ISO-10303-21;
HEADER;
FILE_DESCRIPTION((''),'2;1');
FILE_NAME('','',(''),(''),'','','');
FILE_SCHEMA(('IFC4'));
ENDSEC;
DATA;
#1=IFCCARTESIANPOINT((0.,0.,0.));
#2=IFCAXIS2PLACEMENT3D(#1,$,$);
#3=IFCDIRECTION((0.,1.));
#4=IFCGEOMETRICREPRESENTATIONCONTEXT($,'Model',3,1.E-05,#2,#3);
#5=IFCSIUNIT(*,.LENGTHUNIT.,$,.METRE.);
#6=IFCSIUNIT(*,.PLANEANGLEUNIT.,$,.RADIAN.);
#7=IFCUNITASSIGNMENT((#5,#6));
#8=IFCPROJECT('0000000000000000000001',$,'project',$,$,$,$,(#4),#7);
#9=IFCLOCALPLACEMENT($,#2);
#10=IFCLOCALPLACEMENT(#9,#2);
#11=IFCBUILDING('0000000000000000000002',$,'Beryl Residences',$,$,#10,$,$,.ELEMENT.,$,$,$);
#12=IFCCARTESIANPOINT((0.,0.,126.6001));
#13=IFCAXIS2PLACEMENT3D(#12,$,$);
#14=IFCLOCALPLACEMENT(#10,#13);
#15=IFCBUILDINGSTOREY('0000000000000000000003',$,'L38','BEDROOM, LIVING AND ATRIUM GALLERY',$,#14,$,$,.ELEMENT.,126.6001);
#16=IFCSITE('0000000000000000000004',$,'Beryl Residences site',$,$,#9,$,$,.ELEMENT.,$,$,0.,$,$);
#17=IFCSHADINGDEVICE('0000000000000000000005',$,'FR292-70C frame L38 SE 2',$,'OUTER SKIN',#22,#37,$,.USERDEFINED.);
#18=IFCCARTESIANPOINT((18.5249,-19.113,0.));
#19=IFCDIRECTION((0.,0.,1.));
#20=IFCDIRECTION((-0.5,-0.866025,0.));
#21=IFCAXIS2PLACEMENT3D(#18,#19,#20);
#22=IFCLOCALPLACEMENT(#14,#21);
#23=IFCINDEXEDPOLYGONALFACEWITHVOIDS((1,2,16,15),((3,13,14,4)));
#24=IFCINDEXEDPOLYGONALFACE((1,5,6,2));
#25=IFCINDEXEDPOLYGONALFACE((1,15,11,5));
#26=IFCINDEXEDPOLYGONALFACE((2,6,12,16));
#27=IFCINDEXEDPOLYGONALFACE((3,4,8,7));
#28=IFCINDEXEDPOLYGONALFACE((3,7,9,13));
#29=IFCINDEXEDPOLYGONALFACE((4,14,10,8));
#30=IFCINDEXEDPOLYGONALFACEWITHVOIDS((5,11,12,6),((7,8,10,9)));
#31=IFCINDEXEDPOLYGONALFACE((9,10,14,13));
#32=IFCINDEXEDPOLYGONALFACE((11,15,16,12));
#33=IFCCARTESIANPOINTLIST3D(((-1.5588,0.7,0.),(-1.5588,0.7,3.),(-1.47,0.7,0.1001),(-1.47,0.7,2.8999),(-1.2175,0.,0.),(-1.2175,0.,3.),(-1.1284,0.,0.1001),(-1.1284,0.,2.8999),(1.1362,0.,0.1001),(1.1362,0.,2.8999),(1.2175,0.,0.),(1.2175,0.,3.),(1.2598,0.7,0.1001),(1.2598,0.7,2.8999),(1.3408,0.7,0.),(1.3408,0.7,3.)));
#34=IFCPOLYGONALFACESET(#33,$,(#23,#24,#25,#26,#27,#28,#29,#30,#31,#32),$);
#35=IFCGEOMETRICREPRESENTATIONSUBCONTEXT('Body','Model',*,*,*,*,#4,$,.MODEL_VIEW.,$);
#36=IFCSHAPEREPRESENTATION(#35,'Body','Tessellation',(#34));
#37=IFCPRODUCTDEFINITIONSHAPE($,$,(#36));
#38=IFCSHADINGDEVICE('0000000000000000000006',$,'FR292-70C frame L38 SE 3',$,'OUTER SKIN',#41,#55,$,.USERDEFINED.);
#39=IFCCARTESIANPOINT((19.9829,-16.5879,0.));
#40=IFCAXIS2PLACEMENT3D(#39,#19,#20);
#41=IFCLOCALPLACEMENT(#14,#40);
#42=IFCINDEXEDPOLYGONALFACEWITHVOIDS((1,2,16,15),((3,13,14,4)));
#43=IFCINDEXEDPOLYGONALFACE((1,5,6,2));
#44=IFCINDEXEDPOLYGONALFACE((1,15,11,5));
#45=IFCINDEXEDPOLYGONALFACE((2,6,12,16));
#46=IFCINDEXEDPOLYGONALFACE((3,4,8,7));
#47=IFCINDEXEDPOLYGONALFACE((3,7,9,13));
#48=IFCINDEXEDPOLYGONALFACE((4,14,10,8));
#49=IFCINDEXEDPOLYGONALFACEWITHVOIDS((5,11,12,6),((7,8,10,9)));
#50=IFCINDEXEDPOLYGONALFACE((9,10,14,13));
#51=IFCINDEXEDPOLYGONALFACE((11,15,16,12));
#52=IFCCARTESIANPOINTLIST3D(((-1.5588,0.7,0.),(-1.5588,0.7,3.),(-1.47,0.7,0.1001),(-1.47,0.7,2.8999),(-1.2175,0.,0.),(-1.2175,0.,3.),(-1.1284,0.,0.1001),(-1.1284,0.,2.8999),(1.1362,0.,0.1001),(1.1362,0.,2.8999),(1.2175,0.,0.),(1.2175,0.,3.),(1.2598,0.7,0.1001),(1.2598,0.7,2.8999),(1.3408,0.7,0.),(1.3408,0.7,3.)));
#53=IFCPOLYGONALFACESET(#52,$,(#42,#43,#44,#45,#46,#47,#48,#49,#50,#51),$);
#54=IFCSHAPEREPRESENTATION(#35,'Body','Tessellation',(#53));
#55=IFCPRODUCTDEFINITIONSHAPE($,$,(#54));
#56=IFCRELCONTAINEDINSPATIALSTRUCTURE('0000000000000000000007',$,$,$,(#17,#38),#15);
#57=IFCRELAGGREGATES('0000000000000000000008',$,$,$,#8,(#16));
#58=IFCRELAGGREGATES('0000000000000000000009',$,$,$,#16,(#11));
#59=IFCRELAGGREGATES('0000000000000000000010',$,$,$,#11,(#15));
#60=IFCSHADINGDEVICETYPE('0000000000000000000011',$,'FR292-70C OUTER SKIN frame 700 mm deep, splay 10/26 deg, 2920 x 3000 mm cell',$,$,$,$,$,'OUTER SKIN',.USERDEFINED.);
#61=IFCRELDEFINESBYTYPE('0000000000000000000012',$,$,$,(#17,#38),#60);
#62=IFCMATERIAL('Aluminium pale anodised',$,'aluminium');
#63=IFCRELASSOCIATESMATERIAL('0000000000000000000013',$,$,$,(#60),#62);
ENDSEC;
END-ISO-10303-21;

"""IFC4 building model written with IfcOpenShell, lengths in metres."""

from ifc_helpers import new_model, entity, si_unit, direction, frame, origin, place, context, subcontext, project, spatial, source, transform, mapped, material, type_object, type_shapes, element, save


model = new_model("IFC4")

# Units and contexts
model_context = context("Model", 3, precision=1e-05, world=origin(), true_north=direction((0.0, 1.0)))
body_context = subcontext(model_context, "Body", "Model", "MODEL_VIEW")
ifc_project = project(units=[si_unit("LENGTHUNIT", "METRE"), si_unit("PLANEANGLEUNIT", "RADIAN")], contexts=[model_context])

# Site, building, storey
site_placement = place(None, origin())
site = spatial("IfcSite", under=ifc_project, at=site_placement, Name="Beryl Residences site", CompositionType="ELEMENT", RefElevation=0.0)
building_placement = place(site_placement, origin())
building = spatial("IfcBuilding", under=site, at=building_placement, Name="Beryl Residences", CompositionType="ELEMENT")
storey_placement = place(building_placement, frame((0.0, 0.0, 126.6001)))
storey = spatial("IfcBuildingStorey", under=building, at=storey_placement, Name="L38", Description="BEDROOM, LIVING AND ATRIUM GALLERY", CompositionType="ELEMENT", Elevation=126.6001)

# Shading devices
ifc_material_1 = material(Name="Aluminium pale anodised", Category="aluminium")
shading_device_type = type_object("IfcShadingDeviceType", Name="FR292-70C OUTER SKIN frame 700 mm deep, splay 10/26 deg, 2920 x 3000 mm cell", ElementType="OUTER SKIN", PredefinedType="USERDEFINED", material=ifc_material_1)
cartesian_point_1 = entity("IfcCartesianPoint", [-1.2175, 0.0])
cartesian_point_2 = entity("IfcCartesianPoint", [-1.1362, 0.1001])
cartesian_point_3 = entity("IfcCartesianPoint", [-1.3408, 0.0])
cartesian_point_4 = entity("IfcCartesianPoint", [-1.2598, 0.1001])
shared_shape = source(origin(), body_context, "Body", "SweptSolid", [
    entity("IfcExtrudedAreaSolidTapered", entity("IfcArbitraryProfileDefWithVoids", "AREA", None, entity("IfcPolyline", [cartesian_point_1, entity("IfcCartesianPoint", [1.2175, 0.0]), entity("IfcCartesianPoint", [1.2175, 3.0]), entity("IfcCartesianPoint", [-1.2175, 3.0]), cartesian_point_1]), [entity("IfcPolyline", [cartesian_point_2, entity("IfcCartesianPoint", [1.1284, 0.1001]), entity("IfcCartesianPoint", [1.1284, 2.8999]), entity("IfcCartesianPoint", [-1.1362, 2.8999]), cartesian_point_2])]), entity("IfcAxis2Placement3D", entity("IfcCartesianPoint", [0.0, 0.0, 0.0]), entity("IfcDirection", [0.0, 1.0, 0.0]), entity("IfcDirection", [-1.0, 0.0, 0.0])), entity("IfcDirection", [0.0, 0.0, 1.0]), 0.7, entity("IfcArbitraryProfileDefWithVoids", "AREA", None, entity("IfcPolyline", [cartesian_point_3, entity("IfcCartesianPoint", [1.5588, 0.0]), entity("IfcCartesianPoint", [1.5588, 3.0]), entity("IfcCartesianPoint", [-1.3408, 3.0]), cartesian_point_3]), [entity("IfcPolyline", [cartesian_point_4, entity("IfcCartesianPoint", [1.47, 0.1001]), entity("IfcCartesianPoint", [1.47, 2.8999]), entity("IfcCartesianPoint", [-1.2598, 2.8999]), cartesian_point_4])])),
])
type_shapes(shading_device_type, [shared_shape])
for number, where, z_axis, x_axis, name in (
    (1, (18.5249, -19.113, 0.0), (0.0, 0.0, 1.0), (-0.5, -0.866025, 0.0), "FR292-70C frame L38 SE 2"),
    (2, (19.9829, -16.5879, 0.0), (0.0, 0.0, 1.0), (-0.5, -0.866025, 0.0), "FR292-70C frame L38 SE 3"),
):
    element("IfcShadingDevice", number, at=place(storey_placement, frame(where, z_axis=z_axis, x_axis=x_axis)), inside=storey, type_object=shading_device_type, Name=name, ObjectType="OUTER SKIN", PredefinedType="USERDEFINED", context=body_context, shape_type="MappedRepresentation", body=[
        mapped(shared_shape, transform((0.0, 0.0, 0.0))),
    ])

save(model, "model.ifc")
